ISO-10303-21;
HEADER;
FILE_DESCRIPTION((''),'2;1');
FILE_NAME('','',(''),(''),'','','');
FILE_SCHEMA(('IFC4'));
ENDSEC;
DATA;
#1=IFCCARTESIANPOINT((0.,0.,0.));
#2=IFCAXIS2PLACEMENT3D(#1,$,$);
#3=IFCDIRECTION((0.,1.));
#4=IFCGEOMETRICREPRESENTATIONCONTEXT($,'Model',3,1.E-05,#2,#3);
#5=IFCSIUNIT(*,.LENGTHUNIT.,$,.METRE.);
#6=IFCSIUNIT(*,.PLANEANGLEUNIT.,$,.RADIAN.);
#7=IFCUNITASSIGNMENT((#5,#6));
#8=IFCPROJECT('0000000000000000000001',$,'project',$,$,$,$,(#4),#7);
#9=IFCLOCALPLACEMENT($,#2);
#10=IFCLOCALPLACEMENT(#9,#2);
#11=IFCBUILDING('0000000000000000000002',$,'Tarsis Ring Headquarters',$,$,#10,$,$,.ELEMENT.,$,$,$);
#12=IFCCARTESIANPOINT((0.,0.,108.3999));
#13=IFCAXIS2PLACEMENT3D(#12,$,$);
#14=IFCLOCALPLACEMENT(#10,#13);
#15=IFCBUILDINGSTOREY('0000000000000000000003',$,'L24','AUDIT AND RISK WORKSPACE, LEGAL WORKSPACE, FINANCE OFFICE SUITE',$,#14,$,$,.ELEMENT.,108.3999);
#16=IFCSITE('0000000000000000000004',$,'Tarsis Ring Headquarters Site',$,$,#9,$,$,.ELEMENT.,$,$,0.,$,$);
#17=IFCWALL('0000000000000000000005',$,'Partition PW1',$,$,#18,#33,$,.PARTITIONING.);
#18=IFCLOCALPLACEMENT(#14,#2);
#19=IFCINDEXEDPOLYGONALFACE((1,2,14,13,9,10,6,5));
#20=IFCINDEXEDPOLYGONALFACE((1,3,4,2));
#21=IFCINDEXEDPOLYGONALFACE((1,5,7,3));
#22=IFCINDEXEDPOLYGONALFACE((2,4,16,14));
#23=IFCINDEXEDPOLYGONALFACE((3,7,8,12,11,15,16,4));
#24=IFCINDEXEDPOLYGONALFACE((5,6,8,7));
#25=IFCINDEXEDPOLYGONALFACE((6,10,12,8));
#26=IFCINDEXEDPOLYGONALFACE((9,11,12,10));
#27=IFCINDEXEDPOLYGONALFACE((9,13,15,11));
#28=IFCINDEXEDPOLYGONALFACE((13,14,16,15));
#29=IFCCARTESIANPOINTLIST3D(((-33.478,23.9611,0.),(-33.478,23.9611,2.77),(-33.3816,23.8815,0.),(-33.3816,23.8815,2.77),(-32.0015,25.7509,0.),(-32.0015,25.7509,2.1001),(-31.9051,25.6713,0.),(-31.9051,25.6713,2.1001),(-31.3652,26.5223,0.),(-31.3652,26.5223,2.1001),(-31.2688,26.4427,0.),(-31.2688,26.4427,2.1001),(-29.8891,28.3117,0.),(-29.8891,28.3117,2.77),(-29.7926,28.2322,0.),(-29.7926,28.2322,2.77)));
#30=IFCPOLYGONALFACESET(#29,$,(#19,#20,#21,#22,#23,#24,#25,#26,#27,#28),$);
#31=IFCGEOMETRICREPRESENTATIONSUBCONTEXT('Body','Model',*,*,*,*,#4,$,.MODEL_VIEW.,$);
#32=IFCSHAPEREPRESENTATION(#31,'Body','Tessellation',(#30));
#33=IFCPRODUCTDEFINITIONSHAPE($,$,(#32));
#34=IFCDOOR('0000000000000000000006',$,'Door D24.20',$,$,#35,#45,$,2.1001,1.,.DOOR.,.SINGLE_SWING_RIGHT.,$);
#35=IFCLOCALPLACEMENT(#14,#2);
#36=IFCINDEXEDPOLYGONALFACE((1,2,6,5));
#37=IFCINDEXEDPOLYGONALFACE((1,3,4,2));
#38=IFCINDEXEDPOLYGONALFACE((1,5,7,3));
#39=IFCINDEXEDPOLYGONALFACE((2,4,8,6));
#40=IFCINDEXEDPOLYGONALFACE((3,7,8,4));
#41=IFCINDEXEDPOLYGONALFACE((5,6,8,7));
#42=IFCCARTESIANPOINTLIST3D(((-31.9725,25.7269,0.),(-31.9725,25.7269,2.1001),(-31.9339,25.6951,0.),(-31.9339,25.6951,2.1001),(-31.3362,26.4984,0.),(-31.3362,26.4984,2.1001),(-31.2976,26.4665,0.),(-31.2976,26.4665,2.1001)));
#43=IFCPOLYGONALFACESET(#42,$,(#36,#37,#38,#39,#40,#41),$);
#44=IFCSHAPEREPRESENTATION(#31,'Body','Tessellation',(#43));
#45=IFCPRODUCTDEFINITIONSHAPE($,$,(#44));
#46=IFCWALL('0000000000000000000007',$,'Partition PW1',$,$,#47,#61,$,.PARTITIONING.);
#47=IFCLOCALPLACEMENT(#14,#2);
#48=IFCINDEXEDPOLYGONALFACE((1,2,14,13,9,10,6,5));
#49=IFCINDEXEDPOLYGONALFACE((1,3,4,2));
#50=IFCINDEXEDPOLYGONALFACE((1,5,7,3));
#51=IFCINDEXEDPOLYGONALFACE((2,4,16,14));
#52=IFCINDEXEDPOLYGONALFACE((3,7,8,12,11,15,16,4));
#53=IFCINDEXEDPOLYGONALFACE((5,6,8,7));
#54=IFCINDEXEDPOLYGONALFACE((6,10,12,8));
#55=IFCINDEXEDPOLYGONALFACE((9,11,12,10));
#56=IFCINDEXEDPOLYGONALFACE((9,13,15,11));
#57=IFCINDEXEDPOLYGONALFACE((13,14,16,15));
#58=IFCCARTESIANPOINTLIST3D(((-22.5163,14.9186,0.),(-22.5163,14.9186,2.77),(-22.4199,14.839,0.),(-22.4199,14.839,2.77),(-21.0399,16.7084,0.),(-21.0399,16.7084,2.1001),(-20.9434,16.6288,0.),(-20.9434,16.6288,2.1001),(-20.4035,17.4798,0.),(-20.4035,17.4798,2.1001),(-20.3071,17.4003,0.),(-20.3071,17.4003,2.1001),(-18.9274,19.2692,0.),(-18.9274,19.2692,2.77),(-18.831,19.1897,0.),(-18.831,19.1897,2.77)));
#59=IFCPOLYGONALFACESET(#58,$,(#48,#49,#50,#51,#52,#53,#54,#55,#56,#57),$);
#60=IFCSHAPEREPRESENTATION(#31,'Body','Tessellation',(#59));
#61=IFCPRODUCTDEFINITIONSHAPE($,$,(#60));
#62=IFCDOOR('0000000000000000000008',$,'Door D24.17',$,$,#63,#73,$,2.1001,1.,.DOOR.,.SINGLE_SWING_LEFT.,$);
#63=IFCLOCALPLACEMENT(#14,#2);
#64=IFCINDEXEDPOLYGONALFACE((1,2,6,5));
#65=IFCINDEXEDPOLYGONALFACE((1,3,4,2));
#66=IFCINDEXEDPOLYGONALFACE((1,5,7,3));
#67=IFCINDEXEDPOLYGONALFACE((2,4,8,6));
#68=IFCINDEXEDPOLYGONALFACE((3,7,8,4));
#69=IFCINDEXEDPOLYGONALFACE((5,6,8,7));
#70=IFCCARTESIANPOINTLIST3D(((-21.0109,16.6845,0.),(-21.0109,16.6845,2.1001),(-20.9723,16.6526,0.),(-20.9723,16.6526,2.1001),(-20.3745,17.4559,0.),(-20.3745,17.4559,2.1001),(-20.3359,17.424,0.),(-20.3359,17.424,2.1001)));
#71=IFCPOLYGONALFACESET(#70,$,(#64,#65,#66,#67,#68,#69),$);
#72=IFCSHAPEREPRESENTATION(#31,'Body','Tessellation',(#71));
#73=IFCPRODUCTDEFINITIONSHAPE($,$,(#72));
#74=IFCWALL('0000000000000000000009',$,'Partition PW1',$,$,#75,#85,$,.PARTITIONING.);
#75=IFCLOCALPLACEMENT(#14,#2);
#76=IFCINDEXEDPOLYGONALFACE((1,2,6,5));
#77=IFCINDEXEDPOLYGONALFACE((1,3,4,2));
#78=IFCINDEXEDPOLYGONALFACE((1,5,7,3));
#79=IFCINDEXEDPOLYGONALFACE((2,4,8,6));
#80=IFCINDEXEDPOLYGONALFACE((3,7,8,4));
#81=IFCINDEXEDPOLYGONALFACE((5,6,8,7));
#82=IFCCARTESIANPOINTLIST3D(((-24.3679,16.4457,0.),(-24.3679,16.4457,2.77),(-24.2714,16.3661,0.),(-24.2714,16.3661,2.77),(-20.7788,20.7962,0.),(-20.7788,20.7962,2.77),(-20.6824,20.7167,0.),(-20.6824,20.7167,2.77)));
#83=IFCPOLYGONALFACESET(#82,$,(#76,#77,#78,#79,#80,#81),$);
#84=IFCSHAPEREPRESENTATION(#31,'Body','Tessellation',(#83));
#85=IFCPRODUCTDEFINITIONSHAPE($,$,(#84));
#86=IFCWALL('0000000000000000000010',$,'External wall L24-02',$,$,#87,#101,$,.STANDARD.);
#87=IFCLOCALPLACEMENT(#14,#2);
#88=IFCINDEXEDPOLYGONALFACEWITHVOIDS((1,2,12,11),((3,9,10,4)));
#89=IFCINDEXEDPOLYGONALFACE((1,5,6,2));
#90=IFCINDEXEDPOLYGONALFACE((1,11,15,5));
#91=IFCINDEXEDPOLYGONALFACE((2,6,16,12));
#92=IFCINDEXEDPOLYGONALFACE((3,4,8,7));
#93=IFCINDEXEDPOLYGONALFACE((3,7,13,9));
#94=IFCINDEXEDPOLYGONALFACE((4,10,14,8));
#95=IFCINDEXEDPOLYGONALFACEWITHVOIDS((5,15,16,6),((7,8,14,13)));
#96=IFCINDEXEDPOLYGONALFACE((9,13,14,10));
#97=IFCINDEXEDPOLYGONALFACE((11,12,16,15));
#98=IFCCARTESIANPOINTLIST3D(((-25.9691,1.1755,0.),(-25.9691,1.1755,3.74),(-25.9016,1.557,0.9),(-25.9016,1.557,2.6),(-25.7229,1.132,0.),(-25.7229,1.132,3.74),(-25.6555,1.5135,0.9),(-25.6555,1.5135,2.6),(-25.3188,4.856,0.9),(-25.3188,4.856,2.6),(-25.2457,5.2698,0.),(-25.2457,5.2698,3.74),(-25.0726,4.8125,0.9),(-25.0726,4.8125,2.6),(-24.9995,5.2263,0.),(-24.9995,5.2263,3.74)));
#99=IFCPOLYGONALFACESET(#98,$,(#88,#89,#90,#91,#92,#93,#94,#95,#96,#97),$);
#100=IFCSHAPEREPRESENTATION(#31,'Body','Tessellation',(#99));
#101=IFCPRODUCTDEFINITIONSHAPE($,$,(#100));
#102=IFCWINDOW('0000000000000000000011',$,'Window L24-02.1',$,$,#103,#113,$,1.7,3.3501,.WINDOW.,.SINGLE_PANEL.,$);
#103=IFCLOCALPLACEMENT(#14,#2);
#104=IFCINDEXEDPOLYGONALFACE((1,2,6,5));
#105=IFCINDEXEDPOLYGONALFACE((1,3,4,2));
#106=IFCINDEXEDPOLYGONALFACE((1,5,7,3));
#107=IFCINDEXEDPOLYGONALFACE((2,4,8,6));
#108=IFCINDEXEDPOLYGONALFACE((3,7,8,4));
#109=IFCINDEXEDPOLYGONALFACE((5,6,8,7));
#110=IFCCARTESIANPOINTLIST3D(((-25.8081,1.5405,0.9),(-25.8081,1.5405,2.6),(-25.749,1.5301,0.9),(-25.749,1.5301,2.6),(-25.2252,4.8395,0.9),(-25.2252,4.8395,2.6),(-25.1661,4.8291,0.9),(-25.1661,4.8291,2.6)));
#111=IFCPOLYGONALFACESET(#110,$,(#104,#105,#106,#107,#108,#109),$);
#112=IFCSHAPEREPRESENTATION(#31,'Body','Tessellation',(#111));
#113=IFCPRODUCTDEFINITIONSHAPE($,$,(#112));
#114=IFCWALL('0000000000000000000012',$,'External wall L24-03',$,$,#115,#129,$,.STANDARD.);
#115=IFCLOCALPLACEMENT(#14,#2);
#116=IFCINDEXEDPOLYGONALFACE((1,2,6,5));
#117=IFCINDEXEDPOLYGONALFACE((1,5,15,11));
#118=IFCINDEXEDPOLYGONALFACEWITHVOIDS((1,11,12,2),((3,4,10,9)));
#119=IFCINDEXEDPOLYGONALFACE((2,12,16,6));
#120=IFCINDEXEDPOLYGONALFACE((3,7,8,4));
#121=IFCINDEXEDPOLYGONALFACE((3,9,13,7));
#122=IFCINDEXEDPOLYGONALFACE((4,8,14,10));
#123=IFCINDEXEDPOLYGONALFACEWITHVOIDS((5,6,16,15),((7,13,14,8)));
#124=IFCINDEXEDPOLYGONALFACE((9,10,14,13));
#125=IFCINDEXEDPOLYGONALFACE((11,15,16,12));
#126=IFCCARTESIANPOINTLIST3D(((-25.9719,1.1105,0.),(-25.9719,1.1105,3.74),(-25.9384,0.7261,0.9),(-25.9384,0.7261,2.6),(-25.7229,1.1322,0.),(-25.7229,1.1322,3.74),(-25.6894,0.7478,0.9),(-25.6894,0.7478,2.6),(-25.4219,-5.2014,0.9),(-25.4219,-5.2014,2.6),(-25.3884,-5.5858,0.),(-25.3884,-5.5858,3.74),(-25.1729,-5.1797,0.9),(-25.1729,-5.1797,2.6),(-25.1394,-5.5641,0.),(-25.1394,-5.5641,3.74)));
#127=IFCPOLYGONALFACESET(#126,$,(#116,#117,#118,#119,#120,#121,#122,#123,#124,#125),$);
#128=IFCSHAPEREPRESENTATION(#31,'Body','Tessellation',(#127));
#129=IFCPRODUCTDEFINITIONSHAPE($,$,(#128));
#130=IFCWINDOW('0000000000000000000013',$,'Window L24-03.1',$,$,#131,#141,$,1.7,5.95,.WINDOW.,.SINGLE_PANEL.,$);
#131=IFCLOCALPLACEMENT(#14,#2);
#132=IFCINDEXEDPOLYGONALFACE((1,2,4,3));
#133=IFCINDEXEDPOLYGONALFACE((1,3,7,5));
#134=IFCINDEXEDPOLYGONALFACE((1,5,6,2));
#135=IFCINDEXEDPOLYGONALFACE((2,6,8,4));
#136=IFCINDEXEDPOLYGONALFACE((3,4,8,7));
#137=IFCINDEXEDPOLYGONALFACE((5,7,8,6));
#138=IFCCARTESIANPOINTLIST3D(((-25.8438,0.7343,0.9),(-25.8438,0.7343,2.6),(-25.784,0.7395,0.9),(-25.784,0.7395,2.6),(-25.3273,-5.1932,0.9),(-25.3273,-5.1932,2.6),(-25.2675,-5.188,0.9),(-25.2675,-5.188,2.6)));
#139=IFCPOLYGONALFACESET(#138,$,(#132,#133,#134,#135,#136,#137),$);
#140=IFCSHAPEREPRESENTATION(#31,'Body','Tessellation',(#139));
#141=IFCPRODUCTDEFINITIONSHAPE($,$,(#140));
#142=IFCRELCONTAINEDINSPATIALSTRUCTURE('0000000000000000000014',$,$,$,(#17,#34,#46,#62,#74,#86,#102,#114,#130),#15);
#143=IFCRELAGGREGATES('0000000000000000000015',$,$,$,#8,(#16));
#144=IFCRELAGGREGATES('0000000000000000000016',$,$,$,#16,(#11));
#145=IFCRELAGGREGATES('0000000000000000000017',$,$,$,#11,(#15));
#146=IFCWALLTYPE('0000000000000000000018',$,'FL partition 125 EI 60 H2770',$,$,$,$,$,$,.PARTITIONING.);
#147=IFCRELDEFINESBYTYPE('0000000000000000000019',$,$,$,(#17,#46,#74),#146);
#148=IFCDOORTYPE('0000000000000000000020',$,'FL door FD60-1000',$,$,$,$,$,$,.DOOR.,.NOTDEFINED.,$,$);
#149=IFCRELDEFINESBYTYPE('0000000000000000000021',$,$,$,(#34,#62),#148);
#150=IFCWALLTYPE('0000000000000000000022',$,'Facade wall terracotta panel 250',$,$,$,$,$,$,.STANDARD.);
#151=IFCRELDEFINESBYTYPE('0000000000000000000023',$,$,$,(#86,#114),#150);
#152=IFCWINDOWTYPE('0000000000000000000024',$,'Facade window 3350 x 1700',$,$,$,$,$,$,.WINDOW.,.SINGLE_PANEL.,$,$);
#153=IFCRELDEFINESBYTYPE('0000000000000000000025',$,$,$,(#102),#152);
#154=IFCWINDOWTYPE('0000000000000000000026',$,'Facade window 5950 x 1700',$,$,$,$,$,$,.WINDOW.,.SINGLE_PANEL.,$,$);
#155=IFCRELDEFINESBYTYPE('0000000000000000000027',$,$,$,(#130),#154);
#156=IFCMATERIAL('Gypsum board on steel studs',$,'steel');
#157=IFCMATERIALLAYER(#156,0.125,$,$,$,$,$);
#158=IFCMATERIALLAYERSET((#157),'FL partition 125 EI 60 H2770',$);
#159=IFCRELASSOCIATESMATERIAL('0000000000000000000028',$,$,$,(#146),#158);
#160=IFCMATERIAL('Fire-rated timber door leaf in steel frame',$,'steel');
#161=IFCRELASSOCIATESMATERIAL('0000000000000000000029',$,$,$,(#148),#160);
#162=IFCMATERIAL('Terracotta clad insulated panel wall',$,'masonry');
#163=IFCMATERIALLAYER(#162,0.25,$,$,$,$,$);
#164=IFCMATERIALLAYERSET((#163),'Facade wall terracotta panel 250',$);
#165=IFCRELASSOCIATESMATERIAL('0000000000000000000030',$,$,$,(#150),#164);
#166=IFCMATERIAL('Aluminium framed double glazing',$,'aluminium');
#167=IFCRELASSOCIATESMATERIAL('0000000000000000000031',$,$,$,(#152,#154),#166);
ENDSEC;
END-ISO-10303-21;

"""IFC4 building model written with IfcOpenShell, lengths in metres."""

from ifc_helpers import new_model, si_unit, direction, frame, frame_2d, origin, place, context, subcontext, project, spatial, rectangle, extrude, material, layer, layer_set, type_object, element, fill, save


model = new_model("IFC4")

# Units and contexts
model_context = context("Model", 3, precision=1e-05, world=origin(), true_north=direction((0.0, 1.0)))
body_context = subcontext(model_context, "Body", "Model", "MODEL_VIEW")
ifc_project = project(units=[si_unit("LENGTHUNIT", "METRE"), si_unit("PLANEANGLEUNIT", "RADIAN")], contexts=[model_context])

# Site, building, storey
site_placement = place(None, origin())
site = spatial("IfcSite", under=ifc_project, at=site_placement, Name="Tarsis Ring Headquarters Site", CompositionType="ELEMENT", RefElevation=0.0)
building_placement = place(site_placement, origin())
building = spatial("IfcBuilding", under=site, at=building_placement, Name="Tarsis Ring Headquarters", CompositionType="ELEMENT")
storey_placement = place(building_placement, frame((0.0, 0.0, 108.3999)))
storey = spatial("IfcBuildingStorey", under=building, at=storey_placement, Name="L24", Description="AUDIT AND RISK WORKSPACE, LEGAL WORKSPACE, FINANCE OFFICE SUITE", CompositionType="ELEMENT", Elevation=108.3999)

# Shared definitions
ifc_material_1 = material(Name="Gypsum board on steel studs", Category="steel")
ifc_layer_1 = layer(ifc_material_1, 0.125)
ifc_layer_set_1 = layer_set([ifc_layer_1], Name="FL partition 125 EI 60 H2770")
wall_type_1 = type_object("IfcWallType", Name="FL partition 125 EI 60 H2770", PredefinedType="PARTITIONING", material=ifc_layer_set_1)

# Shared definitions
ifc_material_2 = material(Name="Fire-rated timber door leaf in steel frame", Category="steel")
door_type_1 = type_object("IfcDoorType", Name="FL door FD60-1000", OperationType="NOTDEFINED", PredefinedType="DOOR", material=ifc_material_2)

# Walls, openings, doors
wall_1_placement = place(storey_placement, frame((-33.4297, 23.9214, 0.0), z_axis=(0.0, 0.0, 1.0), x_axis=(0.636344, 0.771405, 0.0)))
wall_1 = element("IfcWall", 1, at=wall_1_placement, inside=storey, type_object=wall_type_1, Name="Partition PW1", PredefinedType="PARTITIONING", context=body_context, shape_type="SweptSolid", body=[
    extrude(rectangle(XDim=5.6399, YDim=0.125, at=frame_2d((2.8198, 0.0))), origin(), (0.0, 0.0, 1.0), 2.77),
])
opening_1_placement = place(wall_1_placement, frame((2.3201, 0.0, 0.0)))
opening_1 = element("IfcOpeningElement", 2, at=opening_1_placement, cuts=wall_1, PredefinedType="OPENING", context=body_context, shape_type="SweptSolid", body=[
    extrude(rectangle(XDim=1.0, YDim=2.1001, at=frame_2d((0.5, 1.05))), frame((0.0, 0.0725, 0.0), z_axis=(0.0, -1.0, 0.0), x_axis=(1.0, 0.0, 0.0)), (0.0, 0.0, 1.0), 0.145),
])
door_1_placement = place(opening_1_placement, origin())
door_1 = element("IfcDoor", 3, at=door_1_placement, inside=storey, type_object=door_type_1, Name="Door D24.20", OperationType="SINGLE_SWING_RIGHT", OverallHeight=2.1001, OverallWidth=1.0, PredefinedType="DOOR", context=body_context, shape_type="SweptSolid", body=[
    extrude(rectangle(XDim=1.0, YDim=2.1001, at=frame_2d((0.5, 1.05))), frame((0.0, 0.0249, 0.0), z_axis=(0.0, -1.0, 0.0), x_axis=(1.0, 0.0, 0.0)), (0.0, 0.0, 1.0), 0.05),
])
fill(opening_1, door_1)
wall_2_placement = place(storey_placement, frame((-22.468, 14.8789, 0.0), z_axis=(0.0, 0.0, 1.0), x_axis=(0.636344, 0.771405, 0.0)))
wall_2 = element("IfcWall", 4, at=wall_2_placement, inside=storey, type_object=wall_type_1, Name="Partition PW1", PredefinedType="PARTITIONING", context=body_context, shape_type="SweptSolid", body=[
    extrude(rectangle(XDim=5.6399, YDim=0.125, at=frame_2d((2.8198, 0.0))), origin(), (0.0, 0.0, 1.0), 2.77),
])
opening_2_placement = place(wall_2_placement, frame((2.3201, 0.0, 0.0)))
opening_2 = element("IfcOpeningElement", 5, at=opening_2_placement, cuts=wall_2, PredefinedType="OPENING", context=body_context, shape_type="SweptSolid", body=[
    extrude(rectangle(XDim=1.0, YDim=2.1001, at=frame_2d((0.5, 1.05))), frame((0.0, 0.0725, 0.0), z_axis=(0.0, -1.0, 0.0), x_axis=(1.0, 0.0, 0.0)), (0.0, 0.0, 1.0), 0.145),
])
door_2_placement = place(opening_2_placement, origin())
door_2 = element("IfcDoor", 6, at=door_2_placement, inside=storey, type_object=door_type_1, Name="Door D24.17", OperationType="SINGLE_SWING_LEFT", OverallHeight=2.1001, OverallWidth=1.0, PredefinedType="DOOR", context=body_context, shape_type="SweptSolid", body=[
    extrude(rectangle(XDim=1.0, YDim=2.1001, at=frame_2d((0.5, 1.05))), frame((0.0, 0.0249, 0.0), z_axis=(0.0, -1.0, 0.0), x_axis=(1.0, 0.0, 0.0)), (0.0, 0.0, 1.0), 0.05),
])
fill(opening_2, door_2)

# Wall
wall_3_placement = place(storey_placement, frame((-24.3196, 16.406, 0.0), z_axis=(0.0, 0.0, 1.0), x_axis=(0.63637, 0.771384, 0.0)))
element("IfcWall", 7, at=wall_3_placement, inside=storey, type_object=wall_type_1, Name="Partition PW1", PredefinedType="PARTITIONING", context=body_context, shape_type="SweptSolid", body=[
    extrude(rectangle(XDim=5.6399, YDim=0.125, at=frame_2d((2.8198, 0.0))), origin(), (0.0, 0.0, 1.0), 2.77),
])

# Walls, openings, windows
ifc_material_3 = material(Name="Terracotta clad insulated panel wall", Category="masonry")
ifc_layer_2 = layer(ifc_material_3, 0.25)
ifc_layer_set_2 = layer_set([ifc_layer_2], Name="Facade wall terracotta panel 250")
wall_type_2 = type_object("IfcWallType", Name="Facade wall terracotta panel 250", PredefinedType="STANDARD", material=ifc_layer_set_2)
wall_4_placement = place(storey_placement, frame((-25.1226, 5.248, 0.0), z_axis=(0.0, 0.0, 1.0), x_axis=(-0.17399, -0.984747, 0.0)))
wall_4 = element("IfcWall", 8, at=wall_4_placement, inside=storey, type_object=wall_type_2, Name="External wall L24-02", PredefinedType="STANDARD", context=body_context, shape_type="SweptSolid", body=[
    extrude(rectangle(XDim=4.1577, YDim=0.25, at=frame_2d((2.0789, 0.0))), origin(), (0.0, 0.0, 1.0), 3.74),
])
opening_3_placement = place(wall_4_placement, frame((0.4202, 0.0, 0.8999)))
opening_3 = element("IfcOpeningElement", 9, at=opening_3_placement, cuts=wall_4, PredefinedType="OPENING", context=body_context, shape_type="SweptSolid", body=[
    extrude(rectangle(XDim=3.3501, YDim=1.7, at=frame_2d((1.675, 0.8501))), frame((0.0, 0.135, 0.0), z_axis=(0.0, -1.0, 0.0), x_axis=(1.0, 0.0, 0.0)), (0.0, 0.0, 1.0), 0.27),
])
ifc_material_4 = material(Name="Aluminium framed double glazing", Category="aluminium")
window_type_1 = type_object("IfcWindowType", Name="Facade window 3350 x 1700", PartitioningType="SINGLE_PANEL", PredefinedType="WINDOW", material=ifc_material_4)
window_1_placement = place(opening_3_placement, origin())
window_1 = element("IfcWindow", 10, at=window_1_placement, inside=storey, type_object=window_type_1, Name="Window L24-02.1", OverallHeight=1.7, OverallWidth=3.3501, PartitioningType="SINGLE_PANEL", PredefinedType="WINDOW", context=body_context, shape_type="SweptSolid", body=[
    extrude(rectangle(XDim=3.3501, YDim=1.7, at=frame_2d((1.675, 0.8501))), frame((0.0, 0.03, 0.0), z_axis=(0.0, -1.0, 0.0), x_axis=(1.0, 0.0, 0.0)), (0.0, 0.0, 1.0), 0.0601),
])
fill(opening_3, window_1)
wall_5_placement = place(storey_placement, frame((-25.8474, 1.1213, 0.0), z_axis=(0.0, 0.0, 1.0), x_axis=(0.086808, -0.996225, 0.0)))
wall_5 = element("IfcWall", 11, at=wall_5_placement, inside=storey, type_object=wall_type_2, Name="External wall L24-03", PredefinedType="STANDARD", context=body_context, shape_type="SweptSolid", body=[
    extrude(rectangle(XDim=6.7217, YDim=0.25, at=frame_2d((3.3608, 0.0))), origin(), (0.0, 0.0, 1.0), 3.74),
])
opening_4_placement = place(wall_5_placement, frame((0.3857, 0.0, 0.8999)))
opening_4 = element("IfcOpeningElement", 12, at=opening_4_placement, cuts=wall_5, PredefinedType="OPENING", context=body_context, shape_type="SweptSolid", body=[
    extrude(rectangle(XDim=5.95, YDim=1.7, at=frame_2d((2.9751, 0.8501))), frame((0.0, 0.135, 0.0), z_axis=(0.0, -1.0, 0.0), x_axis=(1.0, 0.0, 0.0)), (0.0, 0.0, 1.0), 0.27),
])
window_type_2 = type_object("IfcWindowType", Name="Facade window 5950 x 1700", PartitioningType="SINGLE_PANEL", PredefinedType="WINDOW", material=ifc_material_4)
window_2_placement = place(opening_4_placement, origin())
window_2 = element("IfcWindow", 13, at=window_2_placement, inside=storey, type_object=window_type_2, Name="Window L24-03.1", OverallHeight=1.7, OverallWidth=5.95, PartitioningType="SINGLE_PANEL", PredefinedType="WINDOW", context=body_context, shape_type="SweptSolid", body=[
    extrude(rectangle(XDim=5.95, YDim=1.7, at=frame_2d((2.9751, 0.8501))), frame((0.0, 0.03, 0.0), z_axis=(0.0, -1.0, 0.0), x_axis=(1.0, 0.0, 0.0)), (0.0, 0.0, 1.0), 0.0601),
])
fill(opening_4, window_2)

save(model, "model.ifc")
